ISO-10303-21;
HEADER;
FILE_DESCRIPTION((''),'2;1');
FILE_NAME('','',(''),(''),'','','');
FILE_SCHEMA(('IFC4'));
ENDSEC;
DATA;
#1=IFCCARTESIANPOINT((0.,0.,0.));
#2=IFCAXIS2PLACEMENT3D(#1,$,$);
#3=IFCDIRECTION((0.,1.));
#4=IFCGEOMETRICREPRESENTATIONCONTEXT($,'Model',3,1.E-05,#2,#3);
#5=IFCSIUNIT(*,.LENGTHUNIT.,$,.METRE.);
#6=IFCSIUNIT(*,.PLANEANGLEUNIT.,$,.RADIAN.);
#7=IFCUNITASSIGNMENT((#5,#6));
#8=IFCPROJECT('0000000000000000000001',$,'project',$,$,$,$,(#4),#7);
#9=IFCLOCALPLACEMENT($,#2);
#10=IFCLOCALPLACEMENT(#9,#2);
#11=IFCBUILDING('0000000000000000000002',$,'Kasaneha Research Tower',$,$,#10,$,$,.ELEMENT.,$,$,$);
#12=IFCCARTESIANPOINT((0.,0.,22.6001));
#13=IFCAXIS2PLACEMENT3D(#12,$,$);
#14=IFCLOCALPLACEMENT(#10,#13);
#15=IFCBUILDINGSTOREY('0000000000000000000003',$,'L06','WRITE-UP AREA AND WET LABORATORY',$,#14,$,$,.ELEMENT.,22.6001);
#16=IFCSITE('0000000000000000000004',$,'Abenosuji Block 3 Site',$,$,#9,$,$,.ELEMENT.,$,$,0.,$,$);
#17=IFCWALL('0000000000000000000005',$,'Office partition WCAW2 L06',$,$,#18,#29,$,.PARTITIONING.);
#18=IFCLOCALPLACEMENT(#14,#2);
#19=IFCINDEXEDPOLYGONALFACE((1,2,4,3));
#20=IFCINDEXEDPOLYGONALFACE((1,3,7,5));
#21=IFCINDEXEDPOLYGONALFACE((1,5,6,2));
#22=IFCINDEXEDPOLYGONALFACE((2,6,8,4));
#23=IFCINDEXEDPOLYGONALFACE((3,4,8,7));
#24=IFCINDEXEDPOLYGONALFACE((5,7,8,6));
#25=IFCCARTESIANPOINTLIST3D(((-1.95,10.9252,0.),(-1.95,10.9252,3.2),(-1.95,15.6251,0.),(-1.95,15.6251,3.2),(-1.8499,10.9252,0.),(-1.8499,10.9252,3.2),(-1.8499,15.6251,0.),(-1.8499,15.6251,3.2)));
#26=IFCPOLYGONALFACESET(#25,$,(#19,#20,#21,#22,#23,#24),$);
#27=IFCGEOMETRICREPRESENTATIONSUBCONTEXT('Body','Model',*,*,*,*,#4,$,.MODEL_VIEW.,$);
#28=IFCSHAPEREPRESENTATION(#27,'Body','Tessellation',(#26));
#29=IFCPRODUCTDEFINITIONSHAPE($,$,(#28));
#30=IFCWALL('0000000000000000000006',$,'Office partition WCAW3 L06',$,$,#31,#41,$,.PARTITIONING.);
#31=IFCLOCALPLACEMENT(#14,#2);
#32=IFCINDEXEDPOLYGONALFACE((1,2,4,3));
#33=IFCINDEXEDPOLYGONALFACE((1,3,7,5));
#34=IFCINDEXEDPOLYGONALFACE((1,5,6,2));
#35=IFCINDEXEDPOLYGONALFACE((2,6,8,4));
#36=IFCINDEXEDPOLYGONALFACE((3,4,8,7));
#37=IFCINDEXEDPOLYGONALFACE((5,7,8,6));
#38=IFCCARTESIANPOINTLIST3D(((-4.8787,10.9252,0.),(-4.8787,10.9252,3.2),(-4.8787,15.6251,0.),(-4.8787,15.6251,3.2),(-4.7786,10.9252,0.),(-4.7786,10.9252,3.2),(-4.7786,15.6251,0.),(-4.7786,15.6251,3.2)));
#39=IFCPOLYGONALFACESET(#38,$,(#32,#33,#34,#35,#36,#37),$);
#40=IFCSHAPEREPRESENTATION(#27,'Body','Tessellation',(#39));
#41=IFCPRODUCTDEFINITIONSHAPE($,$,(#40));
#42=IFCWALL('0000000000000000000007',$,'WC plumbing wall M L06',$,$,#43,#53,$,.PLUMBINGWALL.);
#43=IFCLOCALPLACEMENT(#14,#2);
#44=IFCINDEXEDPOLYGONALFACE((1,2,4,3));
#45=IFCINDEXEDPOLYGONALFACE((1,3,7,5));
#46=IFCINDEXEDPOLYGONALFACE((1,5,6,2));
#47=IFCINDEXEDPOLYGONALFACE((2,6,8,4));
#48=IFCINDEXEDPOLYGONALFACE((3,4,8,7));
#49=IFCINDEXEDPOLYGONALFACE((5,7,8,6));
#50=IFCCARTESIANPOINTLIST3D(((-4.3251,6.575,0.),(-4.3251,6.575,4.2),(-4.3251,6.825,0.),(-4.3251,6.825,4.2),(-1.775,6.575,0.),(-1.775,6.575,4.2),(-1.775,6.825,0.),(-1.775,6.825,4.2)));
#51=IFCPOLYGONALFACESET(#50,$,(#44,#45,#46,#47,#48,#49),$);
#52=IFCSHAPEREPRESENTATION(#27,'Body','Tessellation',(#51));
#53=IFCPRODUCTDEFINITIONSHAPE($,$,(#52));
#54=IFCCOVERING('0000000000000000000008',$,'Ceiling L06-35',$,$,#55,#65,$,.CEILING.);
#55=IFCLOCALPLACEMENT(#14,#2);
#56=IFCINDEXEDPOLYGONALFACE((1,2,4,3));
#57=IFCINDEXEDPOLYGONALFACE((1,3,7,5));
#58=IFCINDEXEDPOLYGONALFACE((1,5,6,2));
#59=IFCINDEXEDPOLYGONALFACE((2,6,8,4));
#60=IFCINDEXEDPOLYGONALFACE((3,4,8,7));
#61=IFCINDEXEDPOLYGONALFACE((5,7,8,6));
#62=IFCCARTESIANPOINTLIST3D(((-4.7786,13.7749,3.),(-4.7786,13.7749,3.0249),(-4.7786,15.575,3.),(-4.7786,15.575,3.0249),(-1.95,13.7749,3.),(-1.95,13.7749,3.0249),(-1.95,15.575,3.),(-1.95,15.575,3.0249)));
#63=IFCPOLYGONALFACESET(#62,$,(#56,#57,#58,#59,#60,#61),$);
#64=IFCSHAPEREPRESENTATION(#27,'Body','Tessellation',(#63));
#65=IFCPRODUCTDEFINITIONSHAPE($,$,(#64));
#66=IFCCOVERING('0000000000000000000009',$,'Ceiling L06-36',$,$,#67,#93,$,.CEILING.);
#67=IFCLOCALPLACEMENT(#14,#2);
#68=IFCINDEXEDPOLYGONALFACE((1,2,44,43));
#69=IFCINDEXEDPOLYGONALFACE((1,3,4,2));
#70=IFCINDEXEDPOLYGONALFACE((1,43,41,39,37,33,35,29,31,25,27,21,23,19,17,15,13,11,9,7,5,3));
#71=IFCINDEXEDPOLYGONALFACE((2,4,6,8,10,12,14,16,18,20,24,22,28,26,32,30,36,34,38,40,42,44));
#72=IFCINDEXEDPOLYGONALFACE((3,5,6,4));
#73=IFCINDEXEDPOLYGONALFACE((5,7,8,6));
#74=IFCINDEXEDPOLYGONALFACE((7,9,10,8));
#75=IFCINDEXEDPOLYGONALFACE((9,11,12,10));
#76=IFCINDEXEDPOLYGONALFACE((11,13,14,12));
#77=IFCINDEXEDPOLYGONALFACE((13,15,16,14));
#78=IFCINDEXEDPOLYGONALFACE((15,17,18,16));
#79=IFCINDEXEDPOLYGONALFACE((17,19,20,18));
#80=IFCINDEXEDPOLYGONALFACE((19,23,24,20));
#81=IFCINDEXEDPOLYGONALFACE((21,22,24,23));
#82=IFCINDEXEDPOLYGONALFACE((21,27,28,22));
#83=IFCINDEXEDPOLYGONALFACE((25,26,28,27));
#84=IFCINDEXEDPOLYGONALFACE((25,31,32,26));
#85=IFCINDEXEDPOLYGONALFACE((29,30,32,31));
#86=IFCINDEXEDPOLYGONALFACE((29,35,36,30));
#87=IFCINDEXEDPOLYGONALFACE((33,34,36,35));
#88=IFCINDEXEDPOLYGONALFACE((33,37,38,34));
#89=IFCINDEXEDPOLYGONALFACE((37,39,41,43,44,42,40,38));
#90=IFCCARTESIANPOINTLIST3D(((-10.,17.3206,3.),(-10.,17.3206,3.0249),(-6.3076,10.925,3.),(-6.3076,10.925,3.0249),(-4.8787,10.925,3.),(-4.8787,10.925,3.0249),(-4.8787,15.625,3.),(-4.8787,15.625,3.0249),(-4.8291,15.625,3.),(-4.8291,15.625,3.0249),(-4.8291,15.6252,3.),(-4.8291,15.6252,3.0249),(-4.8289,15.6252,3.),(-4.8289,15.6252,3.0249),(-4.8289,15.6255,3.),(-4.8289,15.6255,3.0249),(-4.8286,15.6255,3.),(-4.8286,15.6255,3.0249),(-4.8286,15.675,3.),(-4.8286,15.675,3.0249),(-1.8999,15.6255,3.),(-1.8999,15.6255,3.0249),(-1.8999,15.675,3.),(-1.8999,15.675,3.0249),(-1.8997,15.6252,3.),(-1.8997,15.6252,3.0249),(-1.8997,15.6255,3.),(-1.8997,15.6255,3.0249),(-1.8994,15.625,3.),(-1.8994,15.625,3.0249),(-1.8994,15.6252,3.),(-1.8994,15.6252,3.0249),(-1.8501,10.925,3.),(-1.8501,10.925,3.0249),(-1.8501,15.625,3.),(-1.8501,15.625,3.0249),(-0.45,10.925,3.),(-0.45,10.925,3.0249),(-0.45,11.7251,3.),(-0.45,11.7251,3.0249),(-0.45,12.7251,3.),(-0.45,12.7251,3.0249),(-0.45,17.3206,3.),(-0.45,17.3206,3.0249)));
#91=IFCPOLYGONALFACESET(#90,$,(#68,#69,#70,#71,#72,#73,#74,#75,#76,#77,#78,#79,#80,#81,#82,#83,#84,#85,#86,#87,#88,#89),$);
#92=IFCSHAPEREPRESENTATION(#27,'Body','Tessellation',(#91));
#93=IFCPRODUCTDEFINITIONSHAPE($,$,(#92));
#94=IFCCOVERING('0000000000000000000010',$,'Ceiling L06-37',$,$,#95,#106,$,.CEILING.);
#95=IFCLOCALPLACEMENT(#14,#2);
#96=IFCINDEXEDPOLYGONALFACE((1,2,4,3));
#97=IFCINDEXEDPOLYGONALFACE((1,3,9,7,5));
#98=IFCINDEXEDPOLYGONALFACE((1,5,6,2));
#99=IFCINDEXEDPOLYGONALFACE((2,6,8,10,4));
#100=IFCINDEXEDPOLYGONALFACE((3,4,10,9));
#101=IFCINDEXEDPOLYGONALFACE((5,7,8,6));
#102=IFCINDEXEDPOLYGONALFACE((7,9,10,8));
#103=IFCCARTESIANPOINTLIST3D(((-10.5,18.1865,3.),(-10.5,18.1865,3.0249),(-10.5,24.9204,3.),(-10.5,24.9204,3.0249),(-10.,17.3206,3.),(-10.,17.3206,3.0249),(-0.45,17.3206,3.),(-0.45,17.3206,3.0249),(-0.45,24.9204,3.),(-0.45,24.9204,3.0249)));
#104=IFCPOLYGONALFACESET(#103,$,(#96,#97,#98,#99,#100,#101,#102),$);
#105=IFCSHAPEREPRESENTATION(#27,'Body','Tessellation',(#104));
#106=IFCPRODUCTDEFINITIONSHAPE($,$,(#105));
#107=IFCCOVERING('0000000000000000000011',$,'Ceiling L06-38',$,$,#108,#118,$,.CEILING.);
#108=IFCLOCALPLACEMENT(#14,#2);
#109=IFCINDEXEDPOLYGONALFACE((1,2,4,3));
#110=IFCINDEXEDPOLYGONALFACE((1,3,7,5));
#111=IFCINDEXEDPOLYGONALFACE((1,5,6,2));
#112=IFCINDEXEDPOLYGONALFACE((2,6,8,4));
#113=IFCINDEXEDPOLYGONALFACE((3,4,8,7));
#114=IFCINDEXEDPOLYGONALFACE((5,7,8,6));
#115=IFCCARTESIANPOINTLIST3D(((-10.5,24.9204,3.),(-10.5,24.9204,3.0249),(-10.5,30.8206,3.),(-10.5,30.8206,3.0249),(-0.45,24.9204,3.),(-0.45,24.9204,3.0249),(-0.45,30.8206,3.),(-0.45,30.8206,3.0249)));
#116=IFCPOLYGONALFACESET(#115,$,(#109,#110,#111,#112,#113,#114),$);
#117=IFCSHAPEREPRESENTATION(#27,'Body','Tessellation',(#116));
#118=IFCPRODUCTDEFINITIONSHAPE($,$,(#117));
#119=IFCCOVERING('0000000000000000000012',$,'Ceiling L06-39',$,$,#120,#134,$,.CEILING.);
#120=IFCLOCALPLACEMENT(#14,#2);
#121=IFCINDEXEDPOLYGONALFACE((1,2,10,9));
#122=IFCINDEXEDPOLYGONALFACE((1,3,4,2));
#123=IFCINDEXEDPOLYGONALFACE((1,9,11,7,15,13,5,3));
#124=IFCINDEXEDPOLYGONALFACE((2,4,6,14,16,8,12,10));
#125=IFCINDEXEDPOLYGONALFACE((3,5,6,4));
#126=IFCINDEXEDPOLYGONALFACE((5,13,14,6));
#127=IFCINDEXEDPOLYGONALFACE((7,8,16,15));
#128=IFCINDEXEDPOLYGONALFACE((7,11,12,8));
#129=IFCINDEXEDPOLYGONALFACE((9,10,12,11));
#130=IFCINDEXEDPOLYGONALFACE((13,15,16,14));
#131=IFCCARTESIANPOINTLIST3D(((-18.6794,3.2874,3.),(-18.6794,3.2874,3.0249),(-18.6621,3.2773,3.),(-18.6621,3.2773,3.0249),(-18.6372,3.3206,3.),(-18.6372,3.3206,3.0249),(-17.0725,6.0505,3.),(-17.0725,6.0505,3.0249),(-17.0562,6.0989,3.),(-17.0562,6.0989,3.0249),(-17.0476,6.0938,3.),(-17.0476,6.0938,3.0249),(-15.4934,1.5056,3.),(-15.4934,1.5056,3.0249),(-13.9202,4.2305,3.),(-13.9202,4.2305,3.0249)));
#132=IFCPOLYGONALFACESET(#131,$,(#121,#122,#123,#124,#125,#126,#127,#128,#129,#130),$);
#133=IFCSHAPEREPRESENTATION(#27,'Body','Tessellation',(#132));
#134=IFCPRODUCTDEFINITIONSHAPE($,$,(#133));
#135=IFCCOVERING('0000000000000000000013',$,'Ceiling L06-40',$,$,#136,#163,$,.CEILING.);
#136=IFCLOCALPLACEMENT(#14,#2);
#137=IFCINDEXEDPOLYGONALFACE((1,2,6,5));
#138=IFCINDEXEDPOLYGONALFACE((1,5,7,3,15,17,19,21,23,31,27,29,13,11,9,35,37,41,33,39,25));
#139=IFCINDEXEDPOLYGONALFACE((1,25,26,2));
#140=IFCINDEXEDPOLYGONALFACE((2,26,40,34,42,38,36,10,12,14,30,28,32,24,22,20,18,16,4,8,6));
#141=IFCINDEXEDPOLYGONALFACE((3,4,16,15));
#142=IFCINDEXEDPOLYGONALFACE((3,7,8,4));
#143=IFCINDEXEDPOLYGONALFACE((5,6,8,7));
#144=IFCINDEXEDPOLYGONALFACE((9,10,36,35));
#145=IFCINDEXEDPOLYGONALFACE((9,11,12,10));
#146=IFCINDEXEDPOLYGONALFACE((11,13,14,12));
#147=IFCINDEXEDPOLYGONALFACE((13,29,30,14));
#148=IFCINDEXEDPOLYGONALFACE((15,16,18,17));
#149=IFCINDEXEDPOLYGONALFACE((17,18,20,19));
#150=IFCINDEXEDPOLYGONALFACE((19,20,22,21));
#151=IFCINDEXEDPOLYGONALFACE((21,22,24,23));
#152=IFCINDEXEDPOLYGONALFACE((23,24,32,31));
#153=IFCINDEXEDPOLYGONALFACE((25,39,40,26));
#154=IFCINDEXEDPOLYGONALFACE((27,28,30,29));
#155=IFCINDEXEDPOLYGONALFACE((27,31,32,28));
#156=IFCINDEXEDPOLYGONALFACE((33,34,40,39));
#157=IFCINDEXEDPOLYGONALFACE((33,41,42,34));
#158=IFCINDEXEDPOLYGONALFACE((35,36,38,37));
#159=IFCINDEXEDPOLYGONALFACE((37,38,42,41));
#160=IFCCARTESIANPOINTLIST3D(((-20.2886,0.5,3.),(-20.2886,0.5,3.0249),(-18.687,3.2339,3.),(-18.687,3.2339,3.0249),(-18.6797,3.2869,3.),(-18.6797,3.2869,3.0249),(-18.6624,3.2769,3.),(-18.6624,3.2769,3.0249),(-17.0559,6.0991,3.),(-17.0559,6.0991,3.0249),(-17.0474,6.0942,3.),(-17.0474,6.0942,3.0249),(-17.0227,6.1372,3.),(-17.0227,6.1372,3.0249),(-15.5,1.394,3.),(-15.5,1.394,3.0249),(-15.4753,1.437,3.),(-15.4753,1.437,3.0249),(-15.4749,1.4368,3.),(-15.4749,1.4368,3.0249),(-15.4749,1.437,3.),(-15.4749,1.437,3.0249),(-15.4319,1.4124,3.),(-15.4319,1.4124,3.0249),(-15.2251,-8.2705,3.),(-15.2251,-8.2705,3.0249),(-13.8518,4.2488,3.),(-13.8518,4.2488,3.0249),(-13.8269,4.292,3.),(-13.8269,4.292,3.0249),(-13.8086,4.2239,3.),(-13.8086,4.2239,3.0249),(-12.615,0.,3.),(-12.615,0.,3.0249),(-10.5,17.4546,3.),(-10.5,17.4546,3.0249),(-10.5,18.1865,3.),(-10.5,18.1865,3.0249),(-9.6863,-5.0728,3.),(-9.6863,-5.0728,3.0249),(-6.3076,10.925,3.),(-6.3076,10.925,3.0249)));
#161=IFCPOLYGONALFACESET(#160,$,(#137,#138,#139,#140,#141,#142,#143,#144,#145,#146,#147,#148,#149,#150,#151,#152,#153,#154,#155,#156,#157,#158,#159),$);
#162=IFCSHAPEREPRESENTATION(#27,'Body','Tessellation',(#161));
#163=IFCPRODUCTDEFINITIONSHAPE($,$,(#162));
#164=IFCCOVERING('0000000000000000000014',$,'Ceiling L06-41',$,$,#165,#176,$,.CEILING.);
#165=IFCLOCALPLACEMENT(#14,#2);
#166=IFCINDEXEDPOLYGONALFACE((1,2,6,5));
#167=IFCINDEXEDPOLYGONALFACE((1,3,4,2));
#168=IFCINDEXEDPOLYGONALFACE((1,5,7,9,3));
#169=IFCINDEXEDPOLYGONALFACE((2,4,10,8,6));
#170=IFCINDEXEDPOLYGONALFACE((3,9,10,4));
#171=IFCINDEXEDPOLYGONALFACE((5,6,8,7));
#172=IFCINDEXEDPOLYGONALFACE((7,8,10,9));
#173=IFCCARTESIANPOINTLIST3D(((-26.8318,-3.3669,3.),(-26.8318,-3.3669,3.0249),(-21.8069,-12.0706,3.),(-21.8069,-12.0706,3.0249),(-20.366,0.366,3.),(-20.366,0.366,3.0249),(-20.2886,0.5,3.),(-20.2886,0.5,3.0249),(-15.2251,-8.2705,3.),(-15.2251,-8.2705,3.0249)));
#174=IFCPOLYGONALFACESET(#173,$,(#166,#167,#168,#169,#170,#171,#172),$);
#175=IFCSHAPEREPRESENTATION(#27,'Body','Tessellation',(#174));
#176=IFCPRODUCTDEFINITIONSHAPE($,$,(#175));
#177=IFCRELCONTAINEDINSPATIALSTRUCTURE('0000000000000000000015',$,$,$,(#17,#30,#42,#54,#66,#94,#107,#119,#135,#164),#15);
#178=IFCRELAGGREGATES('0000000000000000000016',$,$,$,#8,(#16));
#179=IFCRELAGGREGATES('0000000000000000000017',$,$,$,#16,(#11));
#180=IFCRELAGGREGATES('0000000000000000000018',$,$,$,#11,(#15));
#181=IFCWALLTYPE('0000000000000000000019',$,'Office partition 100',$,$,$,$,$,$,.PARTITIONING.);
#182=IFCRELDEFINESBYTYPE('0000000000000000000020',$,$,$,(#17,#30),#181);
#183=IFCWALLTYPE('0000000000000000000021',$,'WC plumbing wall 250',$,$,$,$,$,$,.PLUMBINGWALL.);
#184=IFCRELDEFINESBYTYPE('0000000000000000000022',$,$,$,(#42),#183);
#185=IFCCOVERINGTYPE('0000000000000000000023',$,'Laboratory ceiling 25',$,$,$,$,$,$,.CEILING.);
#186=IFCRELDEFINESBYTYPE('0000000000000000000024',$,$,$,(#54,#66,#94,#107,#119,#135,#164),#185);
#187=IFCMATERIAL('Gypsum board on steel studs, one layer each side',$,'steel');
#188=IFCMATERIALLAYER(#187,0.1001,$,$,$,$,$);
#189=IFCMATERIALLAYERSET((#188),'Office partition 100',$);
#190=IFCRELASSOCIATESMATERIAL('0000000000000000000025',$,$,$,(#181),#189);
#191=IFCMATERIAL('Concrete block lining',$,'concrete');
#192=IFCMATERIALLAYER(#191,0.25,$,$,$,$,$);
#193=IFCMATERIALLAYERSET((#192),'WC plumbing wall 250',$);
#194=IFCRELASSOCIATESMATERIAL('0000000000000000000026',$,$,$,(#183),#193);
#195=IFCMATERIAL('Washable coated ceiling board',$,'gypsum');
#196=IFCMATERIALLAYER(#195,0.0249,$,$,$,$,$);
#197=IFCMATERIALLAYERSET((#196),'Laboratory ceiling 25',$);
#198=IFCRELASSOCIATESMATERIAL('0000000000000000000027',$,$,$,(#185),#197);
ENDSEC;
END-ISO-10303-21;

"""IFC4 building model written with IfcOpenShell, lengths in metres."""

from ifc_helpers import new_model, si_unit, direction, frame, frame_2d, origin, place, context, subcontext, project, spatial, polyline, rectangle, outline, extrude, material, layer, layer_set, type_object, element, save


model = new_model("IFC4")

# Units and contexts
model_context = context("Model", 3, precision=1e-05, world=origin(), true_north=direction((0.0, 1.0)))
body_context = subcontext(model_context, "Body", "Model", "MODEL_VIEW")
ifc_project = project(units=[si_unit("LENGTHUNIT", "METRE"), si_unit("PLANEANGLEUNIT", "RADIAN")], contexts=[model_context])

# Site, building, storey
site_placement = place(None, origin())
site = spatial("IfcSite", under=ifc_project, at=site_placement, Name="Abenosuji Block 3 Site", CompositionType="ELEMENT", RefElevation=0.0)
building_placement = place(site_placement, origin())
building = spatial("IfcBuilding", under=site, at=building_placement, Name="Kasaneha Research Tower", CompositionType="ELEMENT")
storey_placement = place(building_placement, frame((0.0, 0.0, 22.6001)))
storey = spatial("IfcBuildingStorey", under=building, at=storey_placement, Name="L06", Description="WRITE-UP AREA AND WET LABORATORY", CompositionType="ELEMENT", Elevation=22.6001)

# Shared definitions
ifc_material_1 = material(Name="Gypsum board on steel studs, one layer each side", Category="steel")
ifc_layer_1 = layer(ifc_material_1, 0.1001)
ifc_layer_set_1 = layer_set([ifc_layer_1], Name="Office partition 100")
wall_type_1 = type_object("IfcWallType", Name="Office partition 100", PredefinedType="PARTITIONING", material=ifc_layer_set_1)

# Walls
for number, where, z_axis, x_axis, name in (
    (1, (-1.8999, 10.925, 0.0), (0.0, 0.0, 1.0), (0.0, 1.0, 0.0), "Office partition WCAW2 L06"),
    (2, (-4.8286, 10.925, 0.0), (0.0, 0.0, 1.0), (0.0, 1.0, 0.0), "Office partition WCAW3 L06"),
):
    element("IfcWall", number, at=place(storey_placement, frame(where, z_axis=z_axis, x_axis=x_axis)), inside=storey, type_object=wall_type_1, Name=name, PredefinedType="PARTITIONING", context=body_context, shape_type="SweptSolid", body=[
        extrude(rectangle(XDim=4.7, YDim=0.1001, at=frame_2d((2.3501, 0.0))), origin(), (0.0, 0.0, 1.0), 3.2),
    ])

# Wall
ifc_material_2 = material(Name="Concrete block lining", Category="concrete")
ifc_layer_2 = layer(ifc_material_2, 0.25)
ifc_layer_set_2 = layer_set([ifc_layer_2], Name="WC plumbing wall 250")
wall_type_2 = type_object("IfcWallType", Name="WC plumbing wall 250", PredefinedType="PLUMBINGWALL", material=ifc_layer_set_2)
wall_1_placement = place(storey_placement, frame((-4.325, 6.7, 0.0), z_axis=(0.0, 0.0, 1.0), x_axis=(1.0, 0.0, 0.0)))
element("IfcWall", 3, at=wall_1_placement, inside=storey, type_object=wall_type_2, Name="WC plumbing wall M L06", PredefinedType="PLUMBINGWALL", context=body_context, shape_type="SweptSolid", body=[
    extrude(rectangle(XDim=2.55, YDim=0.25, at=frame_2d((1.2749, 0.0))), origin(), (0.0, 0.0, 1.0), 4.2),
])

# Coverings
ifc_material_3 = material(Name="Washable coated ceiling board", Category="gypsum")
ifc_layer_3 = layer(ifc_material_3, 0.0249)
ifc_layer_set_3 = layer_set([ifc_layer_3], Name="Laboratory ceiling 25")
covering_type = type_object("IfcCoveringType", Name="Laboratory ceiling 25", PredefinedType="CEILING", material=ifc_layer_set_3)
covering_1_placement = place(storey_placement, frame((0.0, 0.0, 3.0)))
element("IfcCovering", 4, at=covering_1_placement, inside=storey, type_object=covering_type, Name="Ceiling L06-35", PredefinedType="CEILING", context=body_context, shape_type="SweptSolid", body=[
    extrude(outline(polyline([(-4.7786, 15.575), (-1.95, 15.575), (-1.95, 13.7749), (-4.7786, 13.7749), (-4.7786, 15.575)])), origin(), (0.0, 0.0, 1.0), 0.0249),
])
covering_2_placement = place(storey_placement, frame((0.0, 0.0, 3.0)))
element("IfcCovering", 5, at=covering_2_placement, inside=storey, type_object=covering_type, Name="Ceiling L06-36", PredefinedType="CEILING", context=body_context, shape_type="SweptSolid", body=[
    extrude(outline(polyline([(-1.8501, 10.925), (-1.8501, 15.625), (-1.8994, 15.625), (-1.8994, 15.625), (-1.8994, 15.625), (-1.8994, 15.6252), (-1.8997, 15.6252), (-1.8997, 15.6252), (-1.8997, 15.6252), (-1.8997, 15.6252), (-1.8997, 15.6252), (-1.8997, 15.6255), (-1.8997, 15.6255), (-1.8997, 15.6255), (-1.8999, 15.6255), (-1.8999, 15.6255), (-1.8999, 15.6255), (-1.8999, 15.6255), (-1.8999, 15.6255), (-1.8999, 15.675), (-4.8286, 15.675), (-4.8286, 15.6255), (-4.8286, 15.6255), (-4.8286, 15.6255), (-4.8286, 15.6255), (-4.8289, 15.6255), (-4.8289, 15.6255), (-4.8289, 15.6255), (-4.8289, 15.6255), (-4.8289, 15.6252), (-4.8289, 15.6252), (-4.8291, 15.6252), (-4.8291, 15.6252), (-4.8291, 15.6252), (-4.8291, 15.6252), (-4.8291, 15.625), (-4.8291, 15.625), (-4.8291, 15.625), (-4.8787, 15.625), (-4.8787, 10.925), (-6.3076, 10.925), (-10.0, 17.3206), (-0.45, 17.3206), (-0.45, 12.7251), (-0.45, 11.7251), (-0.45, 10.925), (-1.8501, 10.925)])), origin(), (0.0, 0.0, 1.0), 0.0249),
])
covering_3_placement = place(storey_placement, frame((0.0, 0.0, 3.0)))
element("IfcCovering", 6, at=covering_3_placement, inside=storey, type_object=covering_type, Name="Ceiling L06-37", PredefinedType="CEILING", context=body_context, shape_type="SweptSolid", body=[
    extrude(outline(polyline([(-10.5, 24.9204), (-0.45, 24.9204), (-0.45, 17.3206), (-10.0, 17.3206), (-10.5, 18.1865), (-10.5, 24.9204)])), origin(), (0.0, 0.0, 1.0), 0.0249),
])
covering_4_placement = place(storey_placement, frame((0.0, 0.0, 3.0)))
element("IfcCovering", 7, at=covering_4_placement, inside=storey, type_object=covering_type, Name="Ceiling L06-38", PredefinedType="CEILING", context=body_context, shape_type="SweptSolid", body=[
    extrude(outline(polyline([(-0.45, 30.8206), (-0.45, 24.9204), (-10.5, 24.9204), (-10.5, 30.8206), (-0.45, 30.8206)])), origin(), (0.0, 0.0, 1.0), 0.0249),
])
covering_5_placement = place(storey_placement, frame((0.0, 0.0, 3.0)))
element("IfcCovering", 8, at=covering_5_placement, inside=storey, type_object=covering_type, Name="Ceiling L06-39", PredefinedType="CEILING", context=body_context, shape_type="SweptSolid", body=[
    extrude(outline(polyline([(-17.0562, 6.0989), (-17.0476, 6.0938), (-17.0725, 6.0505), (-13.9202, 4.2305), (-15.4934, 1.5056), (-18.6372, 3.3206), (-18.6621, 3.2773), (-18.6794, 3.2874), (-17.0562, 6.0989)])), origin(), (0.0, 0.0, 1.0), 0.0249),
])
covering_6_placement = place(storey_placement, frame((0.0, 0.0, 3.0)))
element("IfcCovering", 9, at=covering_6_placement, inside=storey, type_object=covering_type, Name="Ceiling L06-40", PredefinedType="CEILING", context=body_context, shape_type="SweptSolid", body=[
    extrude(outline(polyline([(-9.6863, -5.0728), (-15.2251, -8.2705), (-20.2886, 0.5), (-18.6797, 3.2869), (-18.6624, 3.2769), (-18.687, 3.2339), (-15.5, 1.394), (-15.4753, 1.437), (-15.4749, 1.4368), (-15.4749, 1.437), (-15.4319, 1.4124), (-13.8086, 4.2239), (-13.8518, 4.2488), (-13.8269, 4.292), (-17.0227, 6.1372), (-17.0474, 6.0942), (-17.0559, 6.0991), (-10.5, 17.4546), (-10.5, 18.1865), (-6.3076, 10.925), (-12.615, 0.0), (-9.6863, -5.0728)])), origin(), (0.0, 0.0, 1.0), 0.0249),
])
covering_7_placement = place(storey_placement, frame((0.0, 0.0, 3.0)))
element("IfcCovering", 10, at=covering_7_placement, inside=storey, type_object=covering_type, Name="Ceiling L06-41", PredefinedType="CEILING", context=body_context, shape_type="SweptSolid", body=[
    extrude(outline(polyline([(-26.8318, -3.3669), (-20.366, 0.366), (-20.2886, 0.5), (-15.2251, -8.2705), (-21.8069, -12.0706), (-26.8318, -3.3669)])), origin(), (0.0, 0.0, 1.0), 0.0249),
])

save(model, "model.ifc")
